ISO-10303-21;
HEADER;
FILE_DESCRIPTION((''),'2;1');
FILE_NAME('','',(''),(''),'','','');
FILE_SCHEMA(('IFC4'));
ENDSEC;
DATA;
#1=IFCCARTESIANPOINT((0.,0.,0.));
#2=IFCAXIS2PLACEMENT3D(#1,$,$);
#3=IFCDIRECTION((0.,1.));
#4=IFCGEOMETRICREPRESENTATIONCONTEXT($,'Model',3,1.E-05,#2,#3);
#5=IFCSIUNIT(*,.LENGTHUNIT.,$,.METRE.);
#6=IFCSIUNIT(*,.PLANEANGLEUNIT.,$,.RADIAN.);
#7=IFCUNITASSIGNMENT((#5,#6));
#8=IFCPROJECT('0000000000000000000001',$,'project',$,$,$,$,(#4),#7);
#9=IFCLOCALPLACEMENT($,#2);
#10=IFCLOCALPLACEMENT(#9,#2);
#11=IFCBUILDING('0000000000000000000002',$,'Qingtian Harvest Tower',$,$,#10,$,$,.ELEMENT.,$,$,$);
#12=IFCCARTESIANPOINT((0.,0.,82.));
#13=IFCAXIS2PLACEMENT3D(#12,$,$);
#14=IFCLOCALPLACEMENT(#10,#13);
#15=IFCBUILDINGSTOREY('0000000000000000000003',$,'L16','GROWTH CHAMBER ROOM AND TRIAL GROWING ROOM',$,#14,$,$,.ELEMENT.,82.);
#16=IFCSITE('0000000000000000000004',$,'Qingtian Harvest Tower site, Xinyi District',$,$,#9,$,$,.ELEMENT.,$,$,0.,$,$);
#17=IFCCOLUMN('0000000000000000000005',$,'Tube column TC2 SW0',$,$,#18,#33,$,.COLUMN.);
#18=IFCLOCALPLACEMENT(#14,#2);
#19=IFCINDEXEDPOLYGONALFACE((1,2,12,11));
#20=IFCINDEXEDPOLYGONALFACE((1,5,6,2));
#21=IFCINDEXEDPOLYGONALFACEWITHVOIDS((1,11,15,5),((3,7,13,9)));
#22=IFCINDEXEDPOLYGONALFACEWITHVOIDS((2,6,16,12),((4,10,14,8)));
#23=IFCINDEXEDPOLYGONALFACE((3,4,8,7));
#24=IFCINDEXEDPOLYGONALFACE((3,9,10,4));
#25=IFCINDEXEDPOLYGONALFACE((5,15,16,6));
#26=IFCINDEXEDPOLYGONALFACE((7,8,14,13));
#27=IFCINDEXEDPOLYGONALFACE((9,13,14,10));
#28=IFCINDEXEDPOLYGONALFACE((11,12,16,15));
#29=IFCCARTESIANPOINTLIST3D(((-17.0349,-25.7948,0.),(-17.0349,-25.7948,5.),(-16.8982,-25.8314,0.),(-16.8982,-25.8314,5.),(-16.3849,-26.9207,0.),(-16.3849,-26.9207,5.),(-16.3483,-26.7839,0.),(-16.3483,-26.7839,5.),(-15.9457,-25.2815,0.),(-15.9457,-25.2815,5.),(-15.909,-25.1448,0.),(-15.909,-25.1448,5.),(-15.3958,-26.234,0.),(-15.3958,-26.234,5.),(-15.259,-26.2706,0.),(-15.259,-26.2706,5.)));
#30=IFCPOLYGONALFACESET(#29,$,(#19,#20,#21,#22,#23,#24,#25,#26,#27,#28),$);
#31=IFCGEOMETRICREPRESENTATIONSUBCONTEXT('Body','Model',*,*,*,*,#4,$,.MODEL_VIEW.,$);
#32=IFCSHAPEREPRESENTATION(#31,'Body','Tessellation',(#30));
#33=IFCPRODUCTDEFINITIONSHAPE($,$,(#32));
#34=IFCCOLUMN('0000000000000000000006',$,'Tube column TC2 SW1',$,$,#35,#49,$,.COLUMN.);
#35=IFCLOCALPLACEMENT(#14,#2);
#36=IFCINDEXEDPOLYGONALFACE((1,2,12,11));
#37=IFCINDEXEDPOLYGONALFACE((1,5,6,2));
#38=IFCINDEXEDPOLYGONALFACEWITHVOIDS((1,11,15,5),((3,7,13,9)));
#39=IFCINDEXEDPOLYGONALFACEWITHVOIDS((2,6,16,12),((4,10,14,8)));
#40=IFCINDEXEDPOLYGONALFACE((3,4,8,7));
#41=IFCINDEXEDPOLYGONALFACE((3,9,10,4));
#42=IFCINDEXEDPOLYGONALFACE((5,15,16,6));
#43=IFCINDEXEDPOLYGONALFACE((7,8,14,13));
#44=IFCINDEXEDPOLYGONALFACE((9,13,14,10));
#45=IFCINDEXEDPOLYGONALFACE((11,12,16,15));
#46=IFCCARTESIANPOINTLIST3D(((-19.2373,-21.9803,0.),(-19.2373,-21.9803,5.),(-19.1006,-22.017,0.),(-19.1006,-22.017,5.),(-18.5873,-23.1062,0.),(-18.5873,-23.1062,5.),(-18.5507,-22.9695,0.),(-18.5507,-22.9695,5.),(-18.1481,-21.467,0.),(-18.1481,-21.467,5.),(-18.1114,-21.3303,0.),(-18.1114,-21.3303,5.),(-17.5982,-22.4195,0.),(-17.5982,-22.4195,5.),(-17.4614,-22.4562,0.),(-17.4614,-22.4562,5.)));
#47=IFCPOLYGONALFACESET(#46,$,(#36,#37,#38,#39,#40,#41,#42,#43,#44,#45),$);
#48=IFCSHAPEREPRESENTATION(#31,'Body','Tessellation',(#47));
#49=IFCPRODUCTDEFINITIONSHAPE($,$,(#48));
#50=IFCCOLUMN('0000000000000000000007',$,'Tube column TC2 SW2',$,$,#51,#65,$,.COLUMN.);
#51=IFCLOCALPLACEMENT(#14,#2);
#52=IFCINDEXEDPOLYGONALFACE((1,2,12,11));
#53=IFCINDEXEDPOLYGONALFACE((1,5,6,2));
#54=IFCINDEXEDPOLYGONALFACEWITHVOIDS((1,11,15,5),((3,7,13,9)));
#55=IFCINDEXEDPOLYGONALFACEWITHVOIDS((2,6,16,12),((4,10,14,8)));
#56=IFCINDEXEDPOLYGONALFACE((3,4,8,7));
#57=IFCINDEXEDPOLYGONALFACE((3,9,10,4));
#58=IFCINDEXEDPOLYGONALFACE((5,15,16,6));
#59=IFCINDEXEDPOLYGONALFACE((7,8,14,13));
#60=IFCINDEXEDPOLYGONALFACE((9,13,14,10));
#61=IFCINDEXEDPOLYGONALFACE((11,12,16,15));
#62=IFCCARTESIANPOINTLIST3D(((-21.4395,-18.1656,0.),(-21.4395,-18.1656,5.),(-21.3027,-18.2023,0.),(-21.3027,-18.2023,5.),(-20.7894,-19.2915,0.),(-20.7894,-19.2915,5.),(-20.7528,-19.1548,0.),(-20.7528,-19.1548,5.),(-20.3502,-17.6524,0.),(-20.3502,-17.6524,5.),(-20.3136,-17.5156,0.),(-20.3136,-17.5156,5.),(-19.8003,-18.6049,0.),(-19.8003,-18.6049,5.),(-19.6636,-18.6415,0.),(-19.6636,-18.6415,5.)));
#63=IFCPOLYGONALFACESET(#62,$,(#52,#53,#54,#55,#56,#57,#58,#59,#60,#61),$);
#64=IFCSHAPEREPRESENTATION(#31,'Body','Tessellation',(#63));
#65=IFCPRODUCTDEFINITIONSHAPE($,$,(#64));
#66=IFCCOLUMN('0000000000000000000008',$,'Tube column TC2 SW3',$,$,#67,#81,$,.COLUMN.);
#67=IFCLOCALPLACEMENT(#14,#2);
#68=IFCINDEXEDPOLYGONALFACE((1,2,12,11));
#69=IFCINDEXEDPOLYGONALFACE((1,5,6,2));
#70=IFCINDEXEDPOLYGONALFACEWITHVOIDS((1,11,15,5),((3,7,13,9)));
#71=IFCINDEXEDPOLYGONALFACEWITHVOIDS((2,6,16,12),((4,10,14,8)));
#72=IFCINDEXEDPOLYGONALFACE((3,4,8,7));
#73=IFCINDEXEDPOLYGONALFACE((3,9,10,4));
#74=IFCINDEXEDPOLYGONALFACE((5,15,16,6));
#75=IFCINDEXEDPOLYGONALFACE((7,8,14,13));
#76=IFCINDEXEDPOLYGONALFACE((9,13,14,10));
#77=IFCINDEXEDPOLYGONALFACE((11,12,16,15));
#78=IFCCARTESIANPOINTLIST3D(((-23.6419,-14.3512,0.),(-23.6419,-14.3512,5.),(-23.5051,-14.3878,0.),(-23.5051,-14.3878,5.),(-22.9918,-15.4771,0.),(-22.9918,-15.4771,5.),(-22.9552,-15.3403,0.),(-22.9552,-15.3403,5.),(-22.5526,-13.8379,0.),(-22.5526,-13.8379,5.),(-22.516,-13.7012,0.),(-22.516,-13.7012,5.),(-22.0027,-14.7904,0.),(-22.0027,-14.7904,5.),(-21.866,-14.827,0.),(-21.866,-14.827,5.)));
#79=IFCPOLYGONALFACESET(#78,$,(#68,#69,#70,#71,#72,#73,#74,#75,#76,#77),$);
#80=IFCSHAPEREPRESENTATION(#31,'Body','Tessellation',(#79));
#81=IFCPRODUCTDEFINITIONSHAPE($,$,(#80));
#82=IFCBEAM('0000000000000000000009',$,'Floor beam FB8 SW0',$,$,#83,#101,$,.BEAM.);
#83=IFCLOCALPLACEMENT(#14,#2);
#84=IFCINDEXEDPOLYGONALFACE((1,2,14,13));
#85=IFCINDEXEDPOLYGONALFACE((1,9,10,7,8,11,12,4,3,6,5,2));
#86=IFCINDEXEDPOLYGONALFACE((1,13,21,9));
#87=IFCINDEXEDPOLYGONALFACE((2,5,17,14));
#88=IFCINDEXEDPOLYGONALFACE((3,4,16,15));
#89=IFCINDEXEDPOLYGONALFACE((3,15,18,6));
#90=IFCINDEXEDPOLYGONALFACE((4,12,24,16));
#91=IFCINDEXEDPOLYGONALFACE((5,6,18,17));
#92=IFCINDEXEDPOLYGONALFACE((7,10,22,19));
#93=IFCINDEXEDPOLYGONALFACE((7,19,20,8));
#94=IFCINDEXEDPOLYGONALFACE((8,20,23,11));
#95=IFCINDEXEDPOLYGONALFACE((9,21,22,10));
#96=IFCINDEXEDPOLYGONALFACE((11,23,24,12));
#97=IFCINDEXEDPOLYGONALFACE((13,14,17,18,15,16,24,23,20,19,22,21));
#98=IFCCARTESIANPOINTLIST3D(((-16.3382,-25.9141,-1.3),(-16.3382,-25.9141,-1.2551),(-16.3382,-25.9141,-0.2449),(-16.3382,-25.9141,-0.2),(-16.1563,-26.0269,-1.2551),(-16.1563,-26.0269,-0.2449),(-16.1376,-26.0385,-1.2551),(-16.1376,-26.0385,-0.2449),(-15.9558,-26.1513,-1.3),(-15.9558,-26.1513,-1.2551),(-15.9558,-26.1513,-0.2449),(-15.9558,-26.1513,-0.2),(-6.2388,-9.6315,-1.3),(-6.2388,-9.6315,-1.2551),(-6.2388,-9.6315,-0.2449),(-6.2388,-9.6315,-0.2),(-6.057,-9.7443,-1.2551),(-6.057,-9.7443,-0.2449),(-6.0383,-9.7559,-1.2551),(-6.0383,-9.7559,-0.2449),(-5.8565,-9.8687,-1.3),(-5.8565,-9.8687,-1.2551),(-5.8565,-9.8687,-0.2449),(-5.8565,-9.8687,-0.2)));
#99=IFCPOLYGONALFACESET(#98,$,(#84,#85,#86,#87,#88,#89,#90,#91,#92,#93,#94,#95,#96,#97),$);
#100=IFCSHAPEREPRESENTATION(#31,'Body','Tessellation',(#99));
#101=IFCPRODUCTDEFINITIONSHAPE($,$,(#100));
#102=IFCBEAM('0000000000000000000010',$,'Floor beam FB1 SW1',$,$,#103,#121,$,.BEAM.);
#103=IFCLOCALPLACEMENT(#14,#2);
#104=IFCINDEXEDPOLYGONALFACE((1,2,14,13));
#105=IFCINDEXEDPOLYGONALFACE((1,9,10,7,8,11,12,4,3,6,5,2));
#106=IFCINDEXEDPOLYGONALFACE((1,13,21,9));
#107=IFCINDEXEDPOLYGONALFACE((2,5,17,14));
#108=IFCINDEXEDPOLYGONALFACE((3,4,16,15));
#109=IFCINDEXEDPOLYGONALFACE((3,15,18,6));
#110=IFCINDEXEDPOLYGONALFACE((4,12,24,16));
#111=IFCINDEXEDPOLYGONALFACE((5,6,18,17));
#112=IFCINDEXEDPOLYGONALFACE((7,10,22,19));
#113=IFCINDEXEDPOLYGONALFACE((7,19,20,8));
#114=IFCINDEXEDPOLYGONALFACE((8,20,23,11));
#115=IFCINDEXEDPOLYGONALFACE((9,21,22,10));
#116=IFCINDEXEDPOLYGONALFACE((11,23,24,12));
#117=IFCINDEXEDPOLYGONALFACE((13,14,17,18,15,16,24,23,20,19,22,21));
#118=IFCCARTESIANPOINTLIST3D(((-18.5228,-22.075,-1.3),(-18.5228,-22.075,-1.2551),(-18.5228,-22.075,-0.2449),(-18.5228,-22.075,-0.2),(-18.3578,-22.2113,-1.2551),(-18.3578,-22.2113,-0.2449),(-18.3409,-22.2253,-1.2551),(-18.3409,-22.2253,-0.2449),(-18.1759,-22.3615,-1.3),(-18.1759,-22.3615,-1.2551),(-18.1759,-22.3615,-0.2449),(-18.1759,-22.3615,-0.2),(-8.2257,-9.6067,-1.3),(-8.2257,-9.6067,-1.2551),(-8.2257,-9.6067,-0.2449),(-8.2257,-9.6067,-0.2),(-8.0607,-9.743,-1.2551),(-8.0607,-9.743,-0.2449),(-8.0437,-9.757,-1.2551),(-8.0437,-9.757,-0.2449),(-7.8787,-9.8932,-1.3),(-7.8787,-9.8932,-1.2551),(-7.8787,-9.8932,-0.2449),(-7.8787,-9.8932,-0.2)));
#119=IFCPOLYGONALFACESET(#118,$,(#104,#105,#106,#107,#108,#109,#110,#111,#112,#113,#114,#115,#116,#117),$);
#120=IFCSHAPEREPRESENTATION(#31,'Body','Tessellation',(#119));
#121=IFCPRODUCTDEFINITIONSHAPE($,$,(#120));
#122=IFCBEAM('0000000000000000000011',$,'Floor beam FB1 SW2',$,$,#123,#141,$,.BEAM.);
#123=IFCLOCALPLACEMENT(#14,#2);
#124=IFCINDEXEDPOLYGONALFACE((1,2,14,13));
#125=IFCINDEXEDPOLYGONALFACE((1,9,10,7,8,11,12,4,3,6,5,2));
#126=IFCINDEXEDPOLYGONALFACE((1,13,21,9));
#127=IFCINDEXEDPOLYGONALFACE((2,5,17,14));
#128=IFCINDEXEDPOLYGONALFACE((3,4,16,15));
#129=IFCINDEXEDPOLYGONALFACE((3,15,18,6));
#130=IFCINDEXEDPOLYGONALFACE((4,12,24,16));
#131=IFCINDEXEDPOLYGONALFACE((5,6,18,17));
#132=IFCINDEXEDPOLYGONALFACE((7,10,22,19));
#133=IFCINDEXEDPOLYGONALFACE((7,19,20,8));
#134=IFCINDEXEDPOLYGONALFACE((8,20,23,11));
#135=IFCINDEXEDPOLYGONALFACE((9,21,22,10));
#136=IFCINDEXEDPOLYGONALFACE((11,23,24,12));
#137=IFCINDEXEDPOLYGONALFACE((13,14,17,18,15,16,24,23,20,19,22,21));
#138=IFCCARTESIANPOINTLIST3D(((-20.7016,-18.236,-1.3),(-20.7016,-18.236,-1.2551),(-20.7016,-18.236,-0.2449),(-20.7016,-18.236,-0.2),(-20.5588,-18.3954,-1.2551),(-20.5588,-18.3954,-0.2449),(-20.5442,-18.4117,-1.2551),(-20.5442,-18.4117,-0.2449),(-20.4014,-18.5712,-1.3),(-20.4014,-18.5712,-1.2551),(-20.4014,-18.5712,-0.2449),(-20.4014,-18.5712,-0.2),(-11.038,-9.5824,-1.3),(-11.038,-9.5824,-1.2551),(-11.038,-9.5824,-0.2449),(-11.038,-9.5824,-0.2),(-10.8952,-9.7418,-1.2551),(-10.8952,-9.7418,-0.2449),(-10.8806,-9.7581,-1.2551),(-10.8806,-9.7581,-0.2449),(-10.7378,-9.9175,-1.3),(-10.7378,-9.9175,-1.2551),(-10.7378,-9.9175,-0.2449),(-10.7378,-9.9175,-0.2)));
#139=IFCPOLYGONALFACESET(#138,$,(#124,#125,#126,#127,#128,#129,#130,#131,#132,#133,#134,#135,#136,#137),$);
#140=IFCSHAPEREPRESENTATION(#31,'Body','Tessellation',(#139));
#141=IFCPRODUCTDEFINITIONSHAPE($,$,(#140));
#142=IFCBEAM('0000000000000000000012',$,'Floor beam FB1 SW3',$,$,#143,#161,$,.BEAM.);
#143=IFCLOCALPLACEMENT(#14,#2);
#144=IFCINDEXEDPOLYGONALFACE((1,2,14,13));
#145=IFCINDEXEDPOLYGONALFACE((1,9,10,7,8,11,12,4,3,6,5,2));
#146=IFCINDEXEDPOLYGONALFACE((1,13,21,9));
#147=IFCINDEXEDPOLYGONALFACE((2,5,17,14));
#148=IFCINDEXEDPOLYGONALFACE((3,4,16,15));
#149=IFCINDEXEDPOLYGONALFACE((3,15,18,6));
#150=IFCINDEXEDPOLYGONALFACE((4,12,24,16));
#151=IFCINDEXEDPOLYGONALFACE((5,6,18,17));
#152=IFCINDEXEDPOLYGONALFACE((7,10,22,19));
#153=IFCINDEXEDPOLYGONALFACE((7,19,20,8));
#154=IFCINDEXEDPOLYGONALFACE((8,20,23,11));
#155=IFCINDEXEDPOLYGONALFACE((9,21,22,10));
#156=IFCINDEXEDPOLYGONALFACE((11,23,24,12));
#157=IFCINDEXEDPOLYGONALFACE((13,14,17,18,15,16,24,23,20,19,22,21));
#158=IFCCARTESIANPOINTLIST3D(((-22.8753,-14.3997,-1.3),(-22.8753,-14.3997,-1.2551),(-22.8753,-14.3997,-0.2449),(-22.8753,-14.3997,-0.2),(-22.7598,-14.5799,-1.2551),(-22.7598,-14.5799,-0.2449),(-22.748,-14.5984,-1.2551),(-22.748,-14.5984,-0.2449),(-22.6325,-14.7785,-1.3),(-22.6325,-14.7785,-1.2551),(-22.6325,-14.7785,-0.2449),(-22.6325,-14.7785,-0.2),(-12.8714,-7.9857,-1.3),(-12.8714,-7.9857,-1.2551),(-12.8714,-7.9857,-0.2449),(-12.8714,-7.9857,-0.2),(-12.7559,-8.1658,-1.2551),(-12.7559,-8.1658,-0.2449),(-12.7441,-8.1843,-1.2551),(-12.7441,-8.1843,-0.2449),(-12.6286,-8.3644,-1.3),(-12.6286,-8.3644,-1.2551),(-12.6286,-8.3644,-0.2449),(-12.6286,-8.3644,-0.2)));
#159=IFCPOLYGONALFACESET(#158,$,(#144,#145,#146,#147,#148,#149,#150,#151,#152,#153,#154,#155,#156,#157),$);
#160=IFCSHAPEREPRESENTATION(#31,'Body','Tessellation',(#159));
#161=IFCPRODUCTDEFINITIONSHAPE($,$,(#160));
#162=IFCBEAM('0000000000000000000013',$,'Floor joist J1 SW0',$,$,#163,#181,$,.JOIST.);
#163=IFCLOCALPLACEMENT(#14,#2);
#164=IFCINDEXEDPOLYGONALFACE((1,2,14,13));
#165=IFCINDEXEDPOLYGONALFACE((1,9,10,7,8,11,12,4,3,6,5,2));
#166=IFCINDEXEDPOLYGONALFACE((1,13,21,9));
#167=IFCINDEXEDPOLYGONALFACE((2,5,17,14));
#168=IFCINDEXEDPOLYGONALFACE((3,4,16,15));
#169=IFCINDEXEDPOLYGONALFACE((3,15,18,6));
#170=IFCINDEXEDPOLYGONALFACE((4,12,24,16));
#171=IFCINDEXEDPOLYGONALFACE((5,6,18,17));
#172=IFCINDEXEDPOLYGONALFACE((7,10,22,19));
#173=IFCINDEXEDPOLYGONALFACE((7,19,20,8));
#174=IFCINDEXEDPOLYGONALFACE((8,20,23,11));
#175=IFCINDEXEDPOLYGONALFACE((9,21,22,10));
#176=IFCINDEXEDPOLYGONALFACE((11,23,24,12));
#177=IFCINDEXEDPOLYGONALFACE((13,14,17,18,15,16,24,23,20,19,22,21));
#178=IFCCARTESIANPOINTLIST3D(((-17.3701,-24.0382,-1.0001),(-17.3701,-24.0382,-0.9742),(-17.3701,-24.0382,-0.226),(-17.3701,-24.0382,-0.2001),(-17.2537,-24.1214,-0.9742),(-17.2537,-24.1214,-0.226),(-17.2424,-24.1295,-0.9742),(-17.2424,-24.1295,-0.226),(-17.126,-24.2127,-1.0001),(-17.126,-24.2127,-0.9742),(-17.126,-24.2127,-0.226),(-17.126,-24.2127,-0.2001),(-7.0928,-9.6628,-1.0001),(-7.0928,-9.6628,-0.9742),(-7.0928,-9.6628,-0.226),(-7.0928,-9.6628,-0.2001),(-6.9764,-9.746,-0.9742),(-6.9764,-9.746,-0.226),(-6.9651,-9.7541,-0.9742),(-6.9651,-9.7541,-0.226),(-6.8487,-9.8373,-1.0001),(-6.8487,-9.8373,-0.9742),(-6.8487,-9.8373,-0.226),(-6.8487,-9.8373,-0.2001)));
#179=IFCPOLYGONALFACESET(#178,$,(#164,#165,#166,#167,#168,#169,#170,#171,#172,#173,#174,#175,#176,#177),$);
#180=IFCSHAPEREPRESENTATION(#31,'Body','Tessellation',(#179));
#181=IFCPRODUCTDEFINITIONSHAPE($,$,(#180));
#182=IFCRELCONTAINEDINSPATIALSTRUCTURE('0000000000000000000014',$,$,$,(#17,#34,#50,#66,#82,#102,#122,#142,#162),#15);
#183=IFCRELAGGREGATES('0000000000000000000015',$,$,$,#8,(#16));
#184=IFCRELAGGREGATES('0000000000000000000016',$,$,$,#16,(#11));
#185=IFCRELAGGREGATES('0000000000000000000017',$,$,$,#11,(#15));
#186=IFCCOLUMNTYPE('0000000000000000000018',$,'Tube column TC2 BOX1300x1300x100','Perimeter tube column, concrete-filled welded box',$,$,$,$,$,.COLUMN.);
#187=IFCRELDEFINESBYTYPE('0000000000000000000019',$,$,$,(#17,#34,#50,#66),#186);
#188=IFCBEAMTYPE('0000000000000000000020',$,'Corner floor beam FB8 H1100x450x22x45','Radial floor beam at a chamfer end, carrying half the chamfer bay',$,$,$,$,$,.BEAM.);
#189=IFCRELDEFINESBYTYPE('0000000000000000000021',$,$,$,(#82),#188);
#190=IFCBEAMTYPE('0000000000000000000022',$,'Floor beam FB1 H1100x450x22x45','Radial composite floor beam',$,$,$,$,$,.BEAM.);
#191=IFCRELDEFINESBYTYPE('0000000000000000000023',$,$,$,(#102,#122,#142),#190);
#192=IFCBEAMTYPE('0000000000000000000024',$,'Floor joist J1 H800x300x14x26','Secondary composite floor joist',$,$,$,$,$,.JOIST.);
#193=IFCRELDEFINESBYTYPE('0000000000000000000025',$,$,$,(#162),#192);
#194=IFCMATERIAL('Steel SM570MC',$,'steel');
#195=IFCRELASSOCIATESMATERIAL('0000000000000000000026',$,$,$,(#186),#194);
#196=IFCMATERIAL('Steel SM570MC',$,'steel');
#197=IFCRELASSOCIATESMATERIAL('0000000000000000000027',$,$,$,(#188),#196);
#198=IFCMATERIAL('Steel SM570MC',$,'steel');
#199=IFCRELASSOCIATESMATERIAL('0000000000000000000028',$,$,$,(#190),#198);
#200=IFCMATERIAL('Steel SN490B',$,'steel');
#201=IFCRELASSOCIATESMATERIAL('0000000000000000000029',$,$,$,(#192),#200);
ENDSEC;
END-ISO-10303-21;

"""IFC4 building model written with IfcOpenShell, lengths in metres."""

from ifc_helpers import new_model, si_unit, direction, frame, origin, origin_2d, place, context, subcontext, project, spatial, hollow_rectangle, i_section, extrude, material, material_profile, profile_set, type_object, element, save


model = new_model("IFC4")

# Units and contexts
model_context = context("Model", 3, precision=1e-05, world=origin(), true_north=direction((0.0, 1.0)))
body_context = subcontext(model_context, "Body", "Model", "MODEL_VIEW")
ifc_project = project(units=[si_unit("LENGTHUNIT", "METRE"), si_unit("PLANEANGLEUNIT", "RADIAN")], contexts=[model_context])

# Site, building, storey
site_placement = place(None, origin())
site = spatial("IfcSite", under=ifc_project, at=site_placement, Name="Qingtian Harvest Tower site, Xinyi District", CompositionType="ELEMENT", RefElevation=0.0)
building_placement = place(site_placement, origin())
building = spatial("IfcBuilding", under=site, at=building_placement, Name="Qingtian Harvest Tower", CompositionType="ELEMENT")
storey_placement = place(building_placement, frame((0.0, 0.0, 82.0)))
storey = spatial("IfcBuildingStorey", under=building, at=storey_placement, Name="L16", Description="GROWTH CHAMBER ROOM AND TRIAL GROWING ROOM", CompositionType="ELEMENT", Elevation=82.0)

# Columns
ifc_material_1 = material(Name="Steel SM570MC", Category="steel")
ifc_material_profile_1 = material_profile(ifc_material_1, hollow_rectangle(XDim=1.3, YDim=1.3, WallThickness=0.1001, at=origin_2d()), Name="BOX1300x1300x100")
ifc_profile_set_1 = profile_set([ifc_material_profile_1], Name="Steel SM570MC")
column_type = type_object("IfcColumnType", Name="Tube column TC2 BOX1300x1300x100", Description="Perimeter tube column, concrete-filled welded box", PredefinedType="COLUMN", material=ifc_profile_set_1)
for number, where, z_axis, x_axis, name in (
    (1, (-16.147, -26.0327, 0.0), (0.0, 0.0, 1.0), (0.5, -0.866025, 0.0), "Tube column TC2 SW0"),
    (2, (-18.3494, -22.2183, 0.0), (0.0, 0.0, 1.0), (0.5, -0.866025, 0.0), "Tube column TC2 SW1"),
    (3, (-20.5515, -18.4036, 0.0), (0.0, 0.0, 1.0), (0.5, -0.866025, 0.0), "Tube column TC2 SW2"),
    (4, (-22.7539, -14.5891, 0.0), (0.0, 0.0, 1.0), (0.5, -0.866025, 0.0), "Tube column TC2 SW3"),
):
    element("IfcColumn", number, at=place(storey_placement, frame(where, z_axis=z_axis, x_axis=x_axis)), inside=storey, type_object=column_type, Name=name, PredefinedType="COLUMN", context=body_context, shape_type="SweptSolid", body=[
        extrude(hollow_rectangle(XDim=1.3, YDim=1.3, WallThickness=0.1001, at=origin_2d()), origin(), (0.0, 0.0, 1.0), 5.0),
    ])

# Beams
ifc_material_2 = material(Name="Steel SM570MC", Category="steel")
ifc_material_profile_2 = material_profile(ifc_material_2, i_section(OverallWidth=0.45, OverallDepth=1.1001, WebThickness=0.022, FlangeThickness=0.0449, at=origin_2d()), Name="H1100x450x22x45")
ifc_profile_set_2 = profile_set([ifc_material_profile_2], Name="Steel SM570MC")
beam_type_1 = type_object("IfcBeamType", Name="Corner floor beam FB8 H1100x450x22x45", Description="Radial floor beam at a chamfer end, carrying half the chamfer bay", PredefinedType="BEAM", material=ifc_profile_set_2)
beam_1_placement = place(storey_placement, frame((-16.147, -26.0327, -0.75), z_axis=(0.527094, 0.849807, 0.0), x_axis=(-0.849807, 0.527094, 0.0)))
element("IfcBeam", 5, at=beam_1_placement, inside=storey, type_object=beam_type_1, Name="Floor beam FB8 SW0", PredefinedType="BEAM", context=body_context, shape_type="SweptSolid", body=[
    extrude(i_section(OverallWidth=0.45, OverallDepth=1.1001, WebThickness=0.022, FlangeThickness=0.0449, at=origin_2d()), origin(), (0.0, 0.0, 1.0), 19.1604),
])
ifc_material_3 = material(Name="Steel SM570MC", Category="steel")
ifc_material_profile_3 = material_profile(ifc_material_3, i_section(OverallWidth=0.45, OverallDepth=1.1001, WebThickness=0.022, FlangeThickness=0.0449, at=origin_2d()), Name="H1100x450x22x45")
ifc_profile_set_3 = profile_set([ifc_material_profile_3], Name="Steel SM570MC")
beam_type_2 = type_object("IfcBeamType", Name="Floor beam FB1 H1100x450x22x45", Description="Radial composite floor beam", PredefinedType="BEAM", material=ifc_profile_set_3)
beam_2_placement = place(storey_placement, frame((-18.3494, -22.2183, -0.75), z_axis=(0.63678, 0.771045, 0.0), x_axis=(-0.771045, 0.63678, 0.0)))
element("IfcBeam", 6, at=beam_2_placement, inside=storey, type_object=beam_type_2, Name="Floor beam FB1 SW1", PredefinedType="BEAM", context=body_context, shape_type="SweptSolid", body=[
    extrude(i_section(OverallWidth=0.45, OverallDepth=1.1001, WebThickness=0.022, FlangeThickness=0.0449, at=origin_2d()), origin(), (0.0, 0.0, 1.0), 16.1707),
])
beam_3_placement = place(storey_placement, frame((-20.5515, -18.4036, -0.75), z_axis=(0.744965, 0.667103, 0.0), x_axis=(-0.667103, 0.744965, 0.0)))
element("IfcBeam", 7, at=beam_3_placement, inside=storey, type_object=beam_type_2, Name="Floor beam FB1 SW2", PredefinedType="BEAM", context=body_context, shape_type="SweptSolid", body=[
    extrude(i_section(OverallWidth=0.45, OverallDepth=1.1001, WebThickness=0.022, FlangeThickness=0.0449, at=origin_2d()), origin(), (0.0, 0.0, 1.0), 12.9719),
])
beam_4_placement = place(storey_placement, frame((-22.7539, -14.5891, -0.75), z_axis=(0.841829, 0.539744, 0.0), x_axis=(-0.539744, 0.841829, 0.0)))
element("IfcBeam", 8, at=beam_4_placement, inside=storey, type_object=beam_type_2, Name="Floor beam FB1 SW3", PredefinedType="BEAM", context=body_context, shape_type="SweptSolid", body=[
    extrude(i_section(OverallWidth=0.45, OverallDepth=1.1001, WebThickness=0.022, FlangeThickness=0.0449, at=origin_2d()), origin(), (0.0, 0.0, 1.0), 11.8835),
])
ifc_material_4 = material(Name="Steel SN490B", Category="steel")
ifc_material_profile_4 = material_profile(ifc_material_4, i_section(OverallWidth=0.3, OverallDepth=0.8, WebThickness=0.0139, FlangeThickness=0.0259, at=origin_2d()), Name="H800x300x14x26")
ifc_profile_set_4 = profile_set([ifc_material_profile_4], Name="Steel SN490B")
beam_type_3 = type_object("IfcBeamType", Name="Floor joist J1 H800x300x14x26", Description="Secondary composite floor joist", PredefinedType="JOIST", material=ifc_profile_set_4)
beam_5_placement = place(storey_placement, frame((-17.248, -24.1255, -0.6001), z_axis=(0.581581, 0.813489, 0.0), x_axis=(-0.813489, 0.581581, 0.0)))
element("IfcBeam", 9, at=beam_5_placement, inside=storey, type_object=beam_type_3, Name="Floor joist J1 SW0", PredefinedType="JOIST", context=body_context, shape_type="SweptSolid", body=[
    extrude(i_section(OverallWidth=0.3, OverallDepth=0.8, WebThickness=0.0139, FlangeThickness=0.0259, at=origin_2d()), origin(), (0.0, 0.0, 1.0), 17.6714),
])

save(model, "model.ifc")
